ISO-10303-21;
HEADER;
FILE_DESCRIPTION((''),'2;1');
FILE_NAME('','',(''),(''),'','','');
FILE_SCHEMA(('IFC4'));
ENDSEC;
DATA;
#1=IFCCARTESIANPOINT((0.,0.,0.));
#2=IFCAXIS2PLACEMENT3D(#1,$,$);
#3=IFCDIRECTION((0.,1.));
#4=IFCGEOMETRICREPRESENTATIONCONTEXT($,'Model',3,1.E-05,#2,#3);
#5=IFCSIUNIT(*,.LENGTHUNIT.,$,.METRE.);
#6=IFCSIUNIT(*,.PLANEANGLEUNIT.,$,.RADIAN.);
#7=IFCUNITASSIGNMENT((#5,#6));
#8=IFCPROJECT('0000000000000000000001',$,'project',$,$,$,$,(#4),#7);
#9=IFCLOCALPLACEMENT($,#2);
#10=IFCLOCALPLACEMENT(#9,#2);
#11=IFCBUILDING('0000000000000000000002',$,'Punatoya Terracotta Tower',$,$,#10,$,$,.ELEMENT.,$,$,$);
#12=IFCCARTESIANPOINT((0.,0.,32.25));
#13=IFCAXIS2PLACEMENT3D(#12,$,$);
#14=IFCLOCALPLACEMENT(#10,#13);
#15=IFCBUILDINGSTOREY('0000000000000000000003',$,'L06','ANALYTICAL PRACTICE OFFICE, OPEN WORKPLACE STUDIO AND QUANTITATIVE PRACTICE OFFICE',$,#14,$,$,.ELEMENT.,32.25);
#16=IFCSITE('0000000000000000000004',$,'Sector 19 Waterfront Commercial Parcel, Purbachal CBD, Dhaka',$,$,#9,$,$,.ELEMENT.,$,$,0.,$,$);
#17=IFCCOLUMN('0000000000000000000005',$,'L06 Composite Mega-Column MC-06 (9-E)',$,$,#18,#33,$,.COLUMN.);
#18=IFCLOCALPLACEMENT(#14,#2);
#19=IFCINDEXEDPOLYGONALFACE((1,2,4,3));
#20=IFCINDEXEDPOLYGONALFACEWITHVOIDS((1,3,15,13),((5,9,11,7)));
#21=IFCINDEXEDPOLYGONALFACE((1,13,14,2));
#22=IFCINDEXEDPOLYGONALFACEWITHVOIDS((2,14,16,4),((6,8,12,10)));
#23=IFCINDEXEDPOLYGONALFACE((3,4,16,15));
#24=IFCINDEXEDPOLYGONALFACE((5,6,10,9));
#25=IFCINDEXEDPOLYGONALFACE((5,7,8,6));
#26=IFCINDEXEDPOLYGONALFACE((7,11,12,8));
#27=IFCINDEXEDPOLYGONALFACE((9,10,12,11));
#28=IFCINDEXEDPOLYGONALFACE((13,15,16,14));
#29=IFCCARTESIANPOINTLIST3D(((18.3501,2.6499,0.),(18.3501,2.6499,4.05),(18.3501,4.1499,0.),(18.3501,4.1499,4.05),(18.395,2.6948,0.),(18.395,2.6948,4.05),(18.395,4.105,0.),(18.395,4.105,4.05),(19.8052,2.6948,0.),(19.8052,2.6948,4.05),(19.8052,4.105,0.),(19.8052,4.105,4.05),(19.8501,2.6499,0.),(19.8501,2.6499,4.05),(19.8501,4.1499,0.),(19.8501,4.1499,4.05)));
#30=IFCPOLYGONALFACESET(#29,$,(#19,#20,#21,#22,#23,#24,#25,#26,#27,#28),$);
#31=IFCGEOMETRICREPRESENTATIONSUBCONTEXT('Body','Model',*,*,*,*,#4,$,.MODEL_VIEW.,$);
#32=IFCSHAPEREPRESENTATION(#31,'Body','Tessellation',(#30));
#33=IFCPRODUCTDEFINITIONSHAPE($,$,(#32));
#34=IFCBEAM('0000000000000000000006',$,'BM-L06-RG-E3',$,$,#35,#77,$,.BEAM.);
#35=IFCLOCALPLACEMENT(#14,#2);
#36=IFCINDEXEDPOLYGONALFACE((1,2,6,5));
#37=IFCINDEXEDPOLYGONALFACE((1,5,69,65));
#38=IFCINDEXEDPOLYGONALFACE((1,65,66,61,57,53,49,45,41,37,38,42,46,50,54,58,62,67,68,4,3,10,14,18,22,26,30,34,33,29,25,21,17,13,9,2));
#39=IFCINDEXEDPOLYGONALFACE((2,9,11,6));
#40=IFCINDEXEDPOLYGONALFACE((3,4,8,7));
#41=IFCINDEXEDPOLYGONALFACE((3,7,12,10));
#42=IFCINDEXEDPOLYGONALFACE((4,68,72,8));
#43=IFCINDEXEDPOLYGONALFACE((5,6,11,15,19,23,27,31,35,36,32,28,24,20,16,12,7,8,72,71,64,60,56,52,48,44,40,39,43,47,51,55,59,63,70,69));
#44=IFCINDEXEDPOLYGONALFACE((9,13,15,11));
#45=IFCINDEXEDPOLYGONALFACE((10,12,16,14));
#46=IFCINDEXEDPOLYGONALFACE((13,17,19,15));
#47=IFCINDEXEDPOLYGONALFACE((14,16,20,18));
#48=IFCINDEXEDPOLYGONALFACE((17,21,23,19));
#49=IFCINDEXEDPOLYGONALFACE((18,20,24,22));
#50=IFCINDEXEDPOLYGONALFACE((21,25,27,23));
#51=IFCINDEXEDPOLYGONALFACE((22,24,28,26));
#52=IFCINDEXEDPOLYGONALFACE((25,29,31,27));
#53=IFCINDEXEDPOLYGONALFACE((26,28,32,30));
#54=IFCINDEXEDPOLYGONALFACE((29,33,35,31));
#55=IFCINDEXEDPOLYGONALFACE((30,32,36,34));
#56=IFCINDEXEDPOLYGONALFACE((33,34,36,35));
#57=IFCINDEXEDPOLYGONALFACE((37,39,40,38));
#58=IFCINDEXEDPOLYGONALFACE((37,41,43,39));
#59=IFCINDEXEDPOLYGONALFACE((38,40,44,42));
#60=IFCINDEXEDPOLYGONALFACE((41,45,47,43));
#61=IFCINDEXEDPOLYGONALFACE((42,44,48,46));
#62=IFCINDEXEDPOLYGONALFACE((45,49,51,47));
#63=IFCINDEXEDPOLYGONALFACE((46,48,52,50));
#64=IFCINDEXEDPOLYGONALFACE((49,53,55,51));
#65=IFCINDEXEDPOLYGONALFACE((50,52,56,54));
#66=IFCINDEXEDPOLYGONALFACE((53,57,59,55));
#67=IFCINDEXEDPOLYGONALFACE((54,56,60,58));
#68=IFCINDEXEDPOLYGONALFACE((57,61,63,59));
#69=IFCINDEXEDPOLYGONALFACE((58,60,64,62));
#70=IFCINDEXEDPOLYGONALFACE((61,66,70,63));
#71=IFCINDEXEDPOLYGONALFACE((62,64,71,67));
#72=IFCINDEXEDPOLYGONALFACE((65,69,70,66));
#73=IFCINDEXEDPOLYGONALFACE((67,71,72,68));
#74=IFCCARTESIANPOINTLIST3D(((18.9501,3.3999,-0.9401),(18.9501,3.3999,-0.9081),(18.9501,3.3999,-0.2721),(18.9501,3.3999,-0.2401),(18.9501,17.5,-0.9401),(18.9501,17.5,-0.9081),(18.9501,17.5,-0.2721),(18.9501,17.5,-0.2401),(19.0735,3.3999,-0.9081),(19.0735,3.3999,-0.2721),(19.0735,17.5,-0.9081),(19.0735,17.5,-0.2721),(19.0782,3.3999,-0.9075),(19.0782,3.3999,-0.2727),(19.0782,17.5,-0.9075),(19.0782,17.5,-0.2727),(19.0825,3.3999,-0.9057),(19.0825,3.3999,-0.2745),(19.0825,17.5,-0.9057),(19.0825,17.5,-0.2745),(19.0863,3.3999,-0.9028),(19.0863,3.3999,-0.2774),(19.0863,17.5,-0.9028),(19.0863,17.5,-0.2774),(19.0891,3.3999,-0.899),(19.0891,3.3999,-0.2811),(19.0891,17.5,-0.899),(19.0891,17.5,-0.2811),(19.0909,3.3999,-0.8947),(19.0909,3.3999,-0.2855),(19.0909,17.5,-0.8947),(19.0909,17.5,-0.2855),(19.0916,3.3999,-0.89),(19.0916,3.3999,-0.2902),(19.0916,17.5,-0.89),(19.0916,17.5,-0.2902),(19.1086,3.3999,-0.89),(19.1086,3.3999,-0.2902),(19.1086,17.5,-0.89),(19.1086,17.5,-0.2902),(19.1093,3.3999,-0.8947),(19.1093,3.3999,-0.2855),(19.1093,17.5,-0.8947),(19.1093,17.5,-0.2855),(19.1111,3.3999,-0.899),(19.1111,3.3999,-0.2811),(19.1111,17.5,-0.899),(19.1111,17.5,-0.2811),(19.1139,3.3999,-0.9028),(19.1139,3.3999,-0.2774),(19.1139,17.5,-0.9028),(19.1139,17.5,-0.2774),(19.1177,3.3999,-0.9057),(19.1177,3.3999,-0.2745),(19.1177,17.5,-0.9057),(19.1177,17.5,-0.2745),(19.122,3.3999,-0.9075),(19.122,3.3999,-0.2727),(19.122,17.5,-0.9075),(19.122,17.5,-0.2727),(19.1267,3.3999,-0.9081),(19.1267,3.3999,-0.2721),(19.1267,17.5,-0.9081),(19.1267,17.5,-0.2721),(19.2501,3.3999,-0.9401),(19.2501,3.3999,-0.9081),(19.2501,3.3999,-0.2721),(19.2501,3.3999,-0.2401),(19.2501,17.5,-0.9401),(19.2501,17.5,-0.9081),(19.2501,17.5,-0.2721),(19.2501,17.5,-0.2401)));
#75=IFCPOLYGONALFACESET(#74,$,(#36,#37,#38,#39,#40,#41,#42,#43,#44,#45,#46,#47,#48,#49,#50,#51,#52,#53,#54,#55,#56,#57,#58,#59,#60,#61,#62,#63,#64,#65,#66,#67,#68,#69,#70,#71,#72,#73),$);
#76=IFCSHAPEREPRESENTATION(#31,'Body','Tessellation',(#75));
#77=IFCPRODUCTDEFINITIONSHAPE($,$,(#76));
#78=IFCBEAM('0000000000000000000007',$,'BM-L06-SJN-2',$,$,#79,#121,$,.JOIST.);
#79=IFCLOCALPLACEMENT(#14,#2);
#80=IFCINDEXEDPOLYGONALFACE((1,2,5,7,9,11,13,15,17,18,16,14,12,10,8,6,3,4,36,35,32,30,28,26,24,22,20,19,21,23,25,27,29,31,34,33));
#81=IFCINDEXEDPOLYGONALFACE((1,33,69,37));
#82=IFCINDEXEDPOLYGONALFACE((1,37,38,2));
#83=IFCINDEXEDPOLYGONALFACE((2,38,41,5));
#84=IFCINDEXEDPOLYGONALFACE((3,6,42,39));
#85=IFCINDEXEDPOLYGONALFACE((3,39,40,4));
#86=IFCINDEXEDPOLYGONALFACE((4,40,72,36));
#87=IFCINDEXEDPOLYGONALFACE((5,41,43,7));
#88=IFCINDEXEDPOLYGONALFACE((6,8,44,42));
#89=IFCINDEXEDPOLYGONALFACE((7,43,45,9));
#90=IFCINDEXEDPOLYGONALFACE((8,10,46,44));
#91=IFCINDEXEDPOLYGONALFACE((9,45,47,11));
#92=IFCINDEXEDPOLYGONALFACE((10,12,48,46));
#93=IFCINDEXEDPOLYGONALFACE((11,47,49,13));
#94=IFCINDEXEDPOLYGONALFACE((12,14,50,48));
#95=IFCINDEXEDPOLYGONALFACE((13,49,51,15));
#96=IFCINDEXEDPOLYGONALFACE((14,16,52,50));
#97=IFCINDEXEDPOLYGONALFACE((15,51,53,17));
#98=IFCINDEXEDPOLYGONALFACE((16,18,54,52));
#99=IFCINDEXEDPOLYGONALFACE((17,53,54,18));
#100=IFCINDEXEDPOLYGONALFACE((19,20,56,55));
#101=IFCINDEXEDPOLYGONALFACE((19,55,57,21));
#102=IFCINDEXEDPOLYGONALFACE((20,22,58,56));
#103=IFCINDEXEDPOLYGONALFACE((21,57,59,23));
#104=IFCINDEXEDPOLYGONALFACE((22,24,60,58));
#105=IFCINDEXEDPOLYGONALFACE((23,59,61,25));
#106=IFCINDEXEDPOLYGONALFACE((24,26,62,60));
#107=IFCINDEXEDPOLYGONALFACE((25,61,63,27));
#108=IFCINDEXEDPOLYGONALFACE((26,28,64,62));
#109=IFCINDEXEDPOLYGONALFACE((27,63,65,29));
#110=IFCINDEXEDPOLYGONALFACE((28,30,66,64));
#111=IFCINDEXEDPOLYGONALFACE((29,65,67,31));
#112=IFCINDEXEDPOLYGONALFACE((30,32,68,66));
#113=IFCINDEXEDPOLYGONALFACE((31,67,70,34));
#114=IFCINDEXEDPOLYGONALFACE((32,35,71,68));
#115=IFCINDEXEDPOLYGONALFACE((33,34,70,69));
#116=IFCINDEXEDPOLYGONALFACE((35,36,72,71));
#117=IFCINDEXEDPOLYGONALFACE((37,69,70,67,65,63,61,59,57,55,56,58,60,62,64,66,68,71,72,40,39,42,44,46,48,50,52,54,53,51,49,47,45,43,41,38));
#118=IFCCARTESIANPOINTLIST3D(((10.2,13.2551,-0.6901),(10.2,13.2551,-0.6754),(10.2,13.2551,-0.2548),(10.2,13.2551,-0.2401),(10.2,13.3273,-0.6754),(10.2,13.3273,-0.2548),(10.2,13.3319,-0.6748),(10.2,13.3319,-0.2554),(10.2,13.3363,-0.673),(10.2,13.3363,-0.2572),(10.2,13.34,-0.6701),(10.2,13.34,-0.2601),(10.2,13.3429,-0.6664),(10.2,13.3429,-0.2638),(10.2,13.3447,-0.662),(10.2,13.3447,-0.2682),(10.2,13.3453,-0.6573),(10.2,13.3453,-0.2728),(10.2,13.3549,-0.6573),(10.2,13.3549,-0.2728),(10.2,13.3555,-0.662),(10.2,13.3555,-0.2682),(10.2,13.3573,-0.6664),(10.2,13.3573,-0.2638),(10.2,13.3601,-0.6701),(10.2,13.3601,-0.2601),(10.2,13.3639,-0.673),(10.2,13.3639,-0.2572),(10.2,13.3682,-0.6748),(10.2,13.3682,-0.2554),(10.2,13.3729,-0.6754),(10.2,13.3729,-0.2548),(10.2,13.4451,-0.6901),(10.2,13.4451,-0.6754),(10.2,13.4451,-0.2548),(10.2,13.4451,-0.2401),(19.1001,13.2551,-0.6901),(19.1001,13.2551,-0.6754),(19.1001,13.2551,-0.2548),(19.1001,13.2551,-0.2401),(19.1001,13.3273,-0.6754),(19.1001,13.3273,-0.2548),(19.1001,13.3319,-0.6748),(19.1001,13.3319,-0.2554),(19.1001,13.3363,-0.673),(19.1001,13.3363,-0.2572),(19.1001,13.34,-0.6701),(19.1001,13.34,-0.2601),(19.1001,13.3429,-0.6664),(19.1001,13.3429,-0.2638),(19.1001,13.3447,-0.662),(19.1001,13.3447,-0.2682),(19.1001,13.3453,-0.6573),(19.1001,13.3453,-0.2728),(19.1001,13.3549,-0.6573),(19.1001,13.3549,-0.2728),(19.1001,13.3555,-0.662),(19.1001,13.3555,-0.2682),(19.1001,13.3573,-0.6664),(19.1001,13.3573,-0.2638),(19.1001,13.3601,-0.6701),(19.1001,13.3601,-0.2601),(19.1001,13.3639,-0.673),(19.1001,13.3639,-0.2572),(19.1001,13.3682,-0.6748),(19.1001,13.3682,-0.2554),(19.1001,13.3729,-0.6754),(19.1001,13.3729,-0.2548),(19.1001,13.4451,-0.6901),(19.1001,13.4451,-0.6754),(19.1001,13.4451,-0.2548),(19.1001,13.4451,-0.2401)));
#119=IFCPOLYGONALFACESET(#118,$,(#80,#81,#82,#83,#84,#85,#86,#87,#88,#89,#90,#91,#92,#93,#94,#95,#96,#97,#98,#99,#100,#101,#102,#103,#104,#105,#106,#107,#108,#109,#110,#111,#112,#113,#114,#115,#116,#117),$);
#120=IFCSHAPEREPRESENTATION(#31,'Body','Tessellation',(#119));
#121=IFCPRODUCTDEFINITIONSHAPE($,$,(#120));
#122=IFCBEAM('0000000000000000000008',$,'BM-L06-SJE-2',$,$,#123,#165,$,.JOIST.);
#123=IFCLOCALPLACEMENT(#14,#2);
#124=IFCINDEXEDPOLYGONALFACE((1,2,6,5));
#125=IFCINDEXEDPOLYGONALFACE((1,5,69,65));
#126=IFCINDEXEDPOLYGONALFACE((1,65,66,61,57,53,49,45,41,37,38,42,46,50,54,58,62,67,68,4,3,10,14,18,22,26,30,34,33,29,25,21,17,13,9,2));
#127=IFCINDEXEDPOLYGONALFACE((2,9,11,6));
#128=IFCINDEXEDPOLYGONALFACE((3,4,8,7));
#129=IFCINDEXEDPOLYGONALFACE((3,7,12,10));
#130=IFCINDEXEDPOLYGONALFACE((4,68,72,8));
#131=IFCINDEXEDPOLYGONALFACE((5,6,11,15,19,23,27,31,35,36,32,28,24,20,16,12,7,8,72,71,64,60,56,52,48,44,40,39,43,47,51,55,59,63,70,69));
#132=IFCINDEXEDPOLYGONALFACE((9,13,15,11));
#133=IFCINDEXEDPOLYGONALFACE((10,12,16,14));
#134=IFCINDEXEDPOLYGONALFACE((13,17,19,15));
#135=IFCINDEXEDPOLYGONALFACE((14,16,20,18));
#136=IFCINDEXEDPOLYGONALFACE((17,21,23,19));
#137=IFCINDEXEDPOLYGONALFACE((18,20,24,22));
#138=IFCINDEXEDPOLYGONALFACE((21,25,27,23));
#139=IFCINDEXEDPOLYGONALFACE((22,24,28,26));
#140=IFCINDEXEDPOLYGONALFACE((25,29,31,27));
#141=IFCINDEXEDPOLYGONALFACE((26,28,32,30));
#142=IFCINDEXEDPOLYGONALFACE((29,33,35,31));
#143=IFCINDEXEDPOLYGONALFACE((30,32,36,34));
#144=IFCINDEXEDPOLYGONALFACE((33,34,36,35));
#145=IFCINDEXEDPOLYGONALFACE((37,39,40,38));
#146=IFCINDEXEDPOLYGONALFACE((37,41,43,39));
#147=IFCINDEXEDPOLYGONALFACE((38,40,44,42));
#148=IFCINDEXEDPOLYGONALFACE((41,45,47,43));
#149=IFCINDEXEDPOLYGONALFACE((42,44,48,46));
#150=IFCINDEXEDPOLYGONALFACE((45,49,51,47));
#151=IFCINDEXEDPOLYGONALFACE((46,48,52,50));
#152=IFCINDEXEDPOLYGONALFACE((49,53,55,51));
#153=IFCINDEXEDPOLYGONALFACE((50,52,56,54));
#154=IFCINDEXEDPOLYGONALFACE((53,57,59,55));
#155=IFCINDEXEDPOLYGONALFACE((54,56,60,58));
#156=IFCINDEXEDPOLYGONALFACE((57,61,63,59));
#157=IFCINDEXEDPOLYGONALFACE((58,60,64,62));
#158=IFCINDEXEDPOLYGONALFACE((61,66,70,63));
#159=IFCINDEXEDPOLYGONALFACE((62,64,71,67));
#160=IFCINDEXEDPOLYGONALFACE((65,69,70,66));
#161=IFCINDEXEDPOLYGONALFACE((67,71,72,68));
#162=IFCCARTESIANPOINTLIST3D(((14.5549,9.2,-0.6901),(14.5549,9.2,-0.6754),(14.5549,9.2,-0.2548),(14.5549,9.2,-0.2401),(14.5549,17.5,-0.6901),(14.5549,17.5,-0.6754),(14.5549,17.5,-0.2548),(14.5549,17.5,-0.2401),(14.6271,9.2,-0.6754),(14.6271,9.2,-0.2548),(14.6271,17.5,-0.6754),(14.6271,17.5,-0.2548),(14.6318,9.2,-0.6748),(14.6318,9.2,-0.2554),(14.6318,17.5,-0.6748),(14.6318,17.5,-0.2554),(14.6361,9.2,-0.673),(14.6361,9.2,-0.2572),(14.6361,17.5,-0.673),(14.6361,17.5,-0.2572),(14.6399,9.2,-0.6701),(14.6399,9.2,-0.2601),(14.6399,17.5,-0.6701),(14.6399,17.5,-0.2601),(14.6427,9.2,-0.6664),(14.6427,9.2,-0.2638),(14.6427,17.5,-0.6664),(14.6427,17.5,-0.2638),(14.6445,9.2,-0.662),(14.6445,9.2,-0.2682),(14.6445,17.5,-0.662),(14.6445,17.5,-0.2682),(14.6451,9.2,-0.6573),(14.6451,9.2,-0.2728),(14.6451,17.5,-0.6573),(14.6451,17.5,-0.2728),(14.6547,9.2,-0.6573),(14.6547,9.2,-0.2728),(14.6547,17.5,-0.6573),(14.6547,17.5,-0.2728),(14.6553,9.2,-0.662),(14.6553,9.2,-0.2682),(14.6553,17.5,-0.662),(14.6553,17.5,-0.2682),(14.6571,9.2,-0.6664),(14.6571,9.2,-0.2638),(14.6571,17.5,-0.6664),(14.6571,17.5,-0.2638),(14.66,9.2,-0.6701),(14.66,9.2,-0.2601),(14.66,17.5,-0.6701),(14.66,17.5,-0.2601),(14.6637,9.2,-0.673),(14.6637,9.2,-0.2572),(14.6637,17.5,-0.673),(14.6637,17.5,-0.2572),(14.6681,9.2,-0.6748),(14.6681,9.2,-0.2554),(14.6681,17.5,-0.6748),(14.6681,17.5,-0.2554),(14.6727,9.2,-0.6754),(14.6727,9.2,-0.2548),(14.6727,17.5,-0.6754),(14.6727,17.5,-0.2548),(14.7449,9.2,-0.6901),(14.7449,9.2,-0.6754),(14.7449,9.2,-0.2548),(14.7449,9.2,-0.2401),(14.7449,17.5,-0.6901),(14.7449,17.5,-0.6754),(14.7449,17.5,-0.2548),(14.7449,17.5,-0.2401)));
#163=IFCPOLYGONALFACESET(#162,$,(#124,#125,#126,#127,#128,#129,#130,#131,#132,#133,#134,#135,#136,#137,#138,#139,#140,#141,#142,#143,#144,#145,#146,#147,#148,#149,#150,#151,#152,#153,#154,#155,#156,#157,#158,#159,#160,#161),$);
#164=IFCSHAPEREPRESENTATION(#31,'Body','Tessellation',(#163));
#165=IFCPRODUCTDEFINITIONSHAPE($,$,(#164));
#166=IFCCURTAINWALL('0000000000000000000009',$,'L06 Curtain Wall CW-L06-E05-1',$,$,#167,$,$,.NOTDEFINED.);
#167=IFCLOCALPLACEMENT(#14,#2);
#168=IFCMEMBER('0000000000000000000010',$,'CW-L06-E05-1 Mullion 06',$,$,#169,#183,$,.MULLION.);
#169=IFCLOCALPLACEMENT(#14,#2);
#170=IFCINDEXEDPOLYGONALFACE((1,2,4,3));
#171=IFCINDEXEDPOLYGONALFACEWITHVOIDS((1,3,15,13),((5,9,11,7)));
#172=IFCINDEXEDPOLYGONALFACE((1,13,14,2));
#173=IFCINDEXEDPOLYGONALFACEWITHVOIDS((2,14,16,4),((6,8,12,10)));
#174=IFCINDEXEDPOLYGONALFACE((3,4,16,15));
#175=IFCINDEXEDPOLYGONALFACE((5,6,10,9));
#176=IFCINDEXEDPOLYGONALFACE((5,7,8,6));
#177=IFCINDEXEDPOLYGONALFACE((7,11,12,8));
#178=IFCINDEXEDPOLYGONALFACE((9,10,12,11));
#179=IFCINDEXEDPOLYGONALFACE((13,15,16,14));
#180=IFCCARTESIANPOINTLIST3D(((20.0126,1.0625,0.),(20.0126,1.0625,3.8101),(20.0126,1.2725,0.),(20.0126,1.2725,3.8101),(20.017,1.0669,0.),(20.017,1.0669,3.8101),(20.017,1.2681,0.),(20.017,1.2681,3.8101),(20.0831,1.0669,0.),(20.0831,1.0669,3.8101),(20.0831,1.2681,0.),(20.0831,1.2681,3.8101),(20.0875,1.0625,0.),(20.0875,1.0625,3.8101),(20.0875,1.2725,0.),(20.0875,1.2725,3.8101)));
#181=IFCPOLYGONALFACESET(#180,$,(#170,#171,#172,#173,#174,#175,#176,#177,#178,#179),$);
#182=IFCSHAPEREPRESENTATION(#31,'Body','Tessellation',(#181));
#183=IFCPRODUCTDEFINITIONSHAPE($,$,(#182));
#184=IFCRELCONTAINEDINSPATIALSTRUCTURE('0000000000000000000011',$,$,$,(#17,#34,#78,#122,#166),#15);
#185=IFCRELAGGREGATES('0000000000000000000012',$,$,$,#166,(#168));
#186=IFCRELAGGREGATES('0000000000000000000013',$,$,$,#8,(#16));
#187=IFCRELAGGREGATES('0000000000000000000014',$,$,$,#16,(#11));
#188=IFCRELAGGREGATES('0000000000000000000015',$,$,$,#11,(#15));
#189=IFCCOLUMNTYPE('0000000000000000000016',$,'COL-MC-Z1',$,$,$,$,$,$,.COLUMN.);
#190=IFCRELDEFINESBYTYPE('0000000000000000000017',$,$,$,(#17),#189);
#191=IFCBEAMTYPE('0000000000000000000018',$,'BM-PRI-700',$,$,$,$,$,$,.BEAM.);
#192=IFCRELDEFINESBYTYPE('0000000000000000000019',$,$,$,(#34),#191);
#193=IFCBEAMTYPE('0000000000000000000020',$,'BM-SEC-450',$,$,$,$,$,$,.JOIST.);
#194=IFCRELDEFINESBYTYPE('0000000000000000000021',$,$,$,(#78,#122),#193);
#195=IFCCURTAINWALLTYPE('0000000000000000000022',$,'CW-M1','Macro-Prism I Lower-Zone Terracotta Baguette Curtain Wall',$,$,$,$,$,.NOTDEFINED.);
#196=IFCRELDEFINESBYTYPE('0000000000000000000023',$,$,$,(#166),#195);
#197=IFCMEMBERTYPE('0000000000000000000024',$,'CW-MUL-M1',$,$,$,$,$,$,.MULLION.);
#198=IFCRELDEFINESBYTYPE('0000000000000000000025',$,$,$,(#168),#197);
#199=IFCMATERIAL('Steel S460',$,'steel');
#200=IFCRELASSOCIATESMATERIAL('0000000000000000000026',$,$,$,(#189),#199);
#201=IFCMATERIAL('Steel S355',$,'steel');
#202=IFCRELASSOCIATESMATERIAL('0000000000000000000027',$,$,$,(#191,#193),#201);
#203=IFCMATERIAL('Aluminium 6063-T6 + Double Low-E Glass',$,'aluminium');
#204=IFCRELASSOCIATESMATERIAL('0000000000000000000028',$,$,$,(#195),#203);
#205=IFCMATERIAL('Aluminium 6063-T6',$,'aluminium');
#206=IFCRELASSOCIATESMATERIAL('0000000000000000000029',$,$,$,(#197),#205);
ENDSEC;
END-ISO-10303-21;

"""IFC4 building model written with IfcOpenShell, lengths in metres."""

from ifc_helpers import new_model, si_unit, direction, frame, origin, origin_2d, place, context, subcontext, project, spatial, hollow_rectangle, i_section, extrude, material, material_profile, profile_set, type_object, element, aggregate, save


model = new_model("IFC4")

# Units and contexts
model_context = context("Model", 3, precision=1e-05, world=origin(), true_north=direction((0.0, 1.0)))
body_context = subcontext(model_context, "Body", "Model", "MODEL_VIEW")
ifc_project = project(units=[si_unit("LENGTHUNIT", "METRE"), si_unit("PLANEANGLEUNIT", "RADIAN")], contexts=[model_context])

# Site, building, storey
site_placement = place(None, origin())
site = spatial("IfcSite", under=ifc_project, at=site_placement, Name="Sector 19 Waterfront Commercial Parcel, Purbachal CBD, Dhaka", CompositionType="ELEMENT", RefElevation=0.0)
building_placement = place(site_placement, origin())
building = spatial("IfcBuilding", under=site, at=building_placement, Name="Punatoya Terracotta Tower", CompositionType="ELEMENT")
storey_placement = place(building_placement, frame((0.0, 0.0, 32.25)))
storey = spatial("IfcBuildingStorey", under=building, at=storey_placement, Name="L06", Description="ANALYTICAL PRACTICE OFFICE, OPEN WORKPLACE STUDIO AND QUANTITATIVE PRACTICE OFFICE", CompositionType="ELEMENT", Elevation=32.25)

# Column
ifc_material_1 = material(Name="Steel S460", Category="steel")
ifc_material_profile_1 = material_profile(ifc_material_1, hollow_rectangle(XDim=1.5, YDim=1.5, WallThickness=0.0449, at=origin_2d()))
ifc_profile_set_1 = profile_set([ifc_material_profile_1], Name="Steel S460")
column_type = type_object("IfcColumnType", Name="COL-MC-Z1", PredefinedType="COLUMN", material=ifc_profile_set_1)
column_placement = place(storey_placement, frame((19.1001, 3.3999, 0.0), z_axis=(0.0, 0.0, 1.0), x_axis=(1.0, 0.0, 0.0)))
element("IfcColumn", 1, at=column_placement, inside=storey, type_object=column_type, Name="L06 Composite Mega-Column MC-06 (9-E)", PredefinedType="COLUMN", context=body_context, shape_type="SweptSolid", body=[
    extrude(hollow_rectangle(XDim=1.5, YDim=1.5, WallThickness=0.0449, at=origin_2d()), origin(), (0.0, 0.0, 1.0), 4.05),
])

# Beams
ifc_material_2 = material(Name="Steel S355", Category="steel")
ifc_material_profile_2 = material_profile(ifc_material_2, i_section(OverallWidth=0.3, OverallDepth=0.7, WebThickness=0.0171, FlangeThickness=0.032, FilletRadius=0.0181, at=origin_2d()))
ifc_profile_set_2 = profile_set([ifc_material_profile_2], Name="Steel S355")
beam_type_1 = type_object("IfcBeamType", Name="BM-PRI-700", PredefinedType="BEAM", material=ifc_profile_set_2)
beam_1_placement = place(storey_placement, frame((19.1001, 3.3999, -0.5901), z_axis=(0.0, 1.0, 0.0), x_axis=(-1.0, 0.0, 0.0)))
element("IfcBeam", 2, at=beam_1_placement, inside=storey, type_object=beam_type_1, Name="BM-L06-RG-E3", PredefinedType="BEAM", context=body_context, shape_type="SweptSolid", body=[
    extrude(i_section(OverallWidth=0.3, OverallDepth=0.7, WebThickness=0.0171, FlangeThickness=0.032, FilletRadius=0.0181, at=origin_2d()), origin(), (0.0, 0.0, 1.0), 14.1001),
])
ifc_material_profile_3 = material_profile(ifc_material_2, i_section(OverallWidth=0.1899, OverallDepth=0.45, WebThickness=0.0095, FlangeThickness=0.0146, FilletRadius=0.0181, at=origin_2d()))
ifc_profile_set_3 = profile_set([ifc_material_profile_3], Name="Steel S355")
beam_type_2 = type_object("IfcBeamType", Name="BM-SEC-450", PredefinedType="JOIST", material=ifc_profile_set_3)
beam_2_placement = place(storey_placement, frame((10.2, 13.3501, -0.4651), z_axis=(1.0, 0.0, 0.0), x_axis=(0.0, 1.0, 0.0)))
element("IfcBeam", 3, at=beam_2_placement, inside=storey, type_object=beam_type_2, Name="BM-L06-SJN-2", PredefinedType="JOIST", context=body_context, shape_type="SweptSolid", body=[
    extrude(i_section(OverallWidth=0.1899, OverallDepth=0.45, WebThickness=0.0095, FlangeThickness=0.0146, FilletRadius=0.0181, at=origin_2d()), origin(), (0.0, 0.0, 1.0), 8.9001),
])
beam_3_placement = place(storey_placement, frame((14.6499, 9.2, -0.4651), z_axis=(0.0, 1.0, 0.0), x_axis=(-1.0, 0.0, 0.0)))
element("IfcBeam", 4, at=beam_3_placement, inside=storey, type_object=beam_type_2, Name="BM-L06-SJE-2", PredefinedType="JOIST", context=body_context, shape_type="SweptSolid", body=[
    extrude(i_section(OverallWidth=0.1899, OverallDepth=0.45, WebThickness=0.0095, FlangeThickness=0.0146, FilletRadius=0.0181, at=origin_2d()), origin(), (0.0, 0.0, 1.0), 8.3),
])

# Curtain wall, member
ifc_material_3 = material(Name="Aluminium 6063-T6 + Double Low-E Glass", Category="aluminium")
curtain_wall_type = type_object("IfcCurtainWallType", Name="CW-M1", Description="Macro-Prism I Lower-Zone Terracotta Baguette Curtain Wall", PredefinedType="NOTDEFINED", material=ifc_material_3)
curtain_wall_1_placement = place(storey_placement, origin())
curtain_wall_1 = element("IfcCurtainWall", 5, at=curtain_wall_1_placement, inside=storey, type_object=curtain_wall_type, Name="L06 Curtain Wall CW-L06-E05-1", PredefinedType="NOTDEFINED")
ifc_material_4 = material(Name="Aluminium 6063-T6", Category="aluminium")
ifc_material_profile_4 = material_profile(ifc_material_4, hollow_rectangle(XDim=0.075, YDim=0.21, WallThickness=0.0044, at=origin_2d()))
ifc_profile_set_4 = profile_set([ifc_material_profile_4], Name="Aluminium 6063-T6")
member_type_1 = type_object("IfcMemberType", Name="CW-MUL-M1", PredefinedType="MULLION", material=ifc_profile_set_4)
member_1_placement = place(storey_placement, frame((20.05, 1.1675, 0.0), z_axis=(0.0, 0.0, 1.0), x_axis=(1.0, 0.0, 0.0)))
member_1 = element("IfcMember", 6, at=member_1_placement, type_object=member_type_1, Name="CW-L06-E05-1 Mullion 06", PredefinedType="MULLION", context=body_context, shape_type="SweptSolid", body=[
    extrude(hollow_rectangle(XDim=0.075, YDim=0.21, WallThickness=0.0044, at=origin_2d()), origin(), (0.0, 0.0, 1.0), 3.8101),
])

aggregate(curtain_wall_1, [member_1])

save(model, "model.ifc")
